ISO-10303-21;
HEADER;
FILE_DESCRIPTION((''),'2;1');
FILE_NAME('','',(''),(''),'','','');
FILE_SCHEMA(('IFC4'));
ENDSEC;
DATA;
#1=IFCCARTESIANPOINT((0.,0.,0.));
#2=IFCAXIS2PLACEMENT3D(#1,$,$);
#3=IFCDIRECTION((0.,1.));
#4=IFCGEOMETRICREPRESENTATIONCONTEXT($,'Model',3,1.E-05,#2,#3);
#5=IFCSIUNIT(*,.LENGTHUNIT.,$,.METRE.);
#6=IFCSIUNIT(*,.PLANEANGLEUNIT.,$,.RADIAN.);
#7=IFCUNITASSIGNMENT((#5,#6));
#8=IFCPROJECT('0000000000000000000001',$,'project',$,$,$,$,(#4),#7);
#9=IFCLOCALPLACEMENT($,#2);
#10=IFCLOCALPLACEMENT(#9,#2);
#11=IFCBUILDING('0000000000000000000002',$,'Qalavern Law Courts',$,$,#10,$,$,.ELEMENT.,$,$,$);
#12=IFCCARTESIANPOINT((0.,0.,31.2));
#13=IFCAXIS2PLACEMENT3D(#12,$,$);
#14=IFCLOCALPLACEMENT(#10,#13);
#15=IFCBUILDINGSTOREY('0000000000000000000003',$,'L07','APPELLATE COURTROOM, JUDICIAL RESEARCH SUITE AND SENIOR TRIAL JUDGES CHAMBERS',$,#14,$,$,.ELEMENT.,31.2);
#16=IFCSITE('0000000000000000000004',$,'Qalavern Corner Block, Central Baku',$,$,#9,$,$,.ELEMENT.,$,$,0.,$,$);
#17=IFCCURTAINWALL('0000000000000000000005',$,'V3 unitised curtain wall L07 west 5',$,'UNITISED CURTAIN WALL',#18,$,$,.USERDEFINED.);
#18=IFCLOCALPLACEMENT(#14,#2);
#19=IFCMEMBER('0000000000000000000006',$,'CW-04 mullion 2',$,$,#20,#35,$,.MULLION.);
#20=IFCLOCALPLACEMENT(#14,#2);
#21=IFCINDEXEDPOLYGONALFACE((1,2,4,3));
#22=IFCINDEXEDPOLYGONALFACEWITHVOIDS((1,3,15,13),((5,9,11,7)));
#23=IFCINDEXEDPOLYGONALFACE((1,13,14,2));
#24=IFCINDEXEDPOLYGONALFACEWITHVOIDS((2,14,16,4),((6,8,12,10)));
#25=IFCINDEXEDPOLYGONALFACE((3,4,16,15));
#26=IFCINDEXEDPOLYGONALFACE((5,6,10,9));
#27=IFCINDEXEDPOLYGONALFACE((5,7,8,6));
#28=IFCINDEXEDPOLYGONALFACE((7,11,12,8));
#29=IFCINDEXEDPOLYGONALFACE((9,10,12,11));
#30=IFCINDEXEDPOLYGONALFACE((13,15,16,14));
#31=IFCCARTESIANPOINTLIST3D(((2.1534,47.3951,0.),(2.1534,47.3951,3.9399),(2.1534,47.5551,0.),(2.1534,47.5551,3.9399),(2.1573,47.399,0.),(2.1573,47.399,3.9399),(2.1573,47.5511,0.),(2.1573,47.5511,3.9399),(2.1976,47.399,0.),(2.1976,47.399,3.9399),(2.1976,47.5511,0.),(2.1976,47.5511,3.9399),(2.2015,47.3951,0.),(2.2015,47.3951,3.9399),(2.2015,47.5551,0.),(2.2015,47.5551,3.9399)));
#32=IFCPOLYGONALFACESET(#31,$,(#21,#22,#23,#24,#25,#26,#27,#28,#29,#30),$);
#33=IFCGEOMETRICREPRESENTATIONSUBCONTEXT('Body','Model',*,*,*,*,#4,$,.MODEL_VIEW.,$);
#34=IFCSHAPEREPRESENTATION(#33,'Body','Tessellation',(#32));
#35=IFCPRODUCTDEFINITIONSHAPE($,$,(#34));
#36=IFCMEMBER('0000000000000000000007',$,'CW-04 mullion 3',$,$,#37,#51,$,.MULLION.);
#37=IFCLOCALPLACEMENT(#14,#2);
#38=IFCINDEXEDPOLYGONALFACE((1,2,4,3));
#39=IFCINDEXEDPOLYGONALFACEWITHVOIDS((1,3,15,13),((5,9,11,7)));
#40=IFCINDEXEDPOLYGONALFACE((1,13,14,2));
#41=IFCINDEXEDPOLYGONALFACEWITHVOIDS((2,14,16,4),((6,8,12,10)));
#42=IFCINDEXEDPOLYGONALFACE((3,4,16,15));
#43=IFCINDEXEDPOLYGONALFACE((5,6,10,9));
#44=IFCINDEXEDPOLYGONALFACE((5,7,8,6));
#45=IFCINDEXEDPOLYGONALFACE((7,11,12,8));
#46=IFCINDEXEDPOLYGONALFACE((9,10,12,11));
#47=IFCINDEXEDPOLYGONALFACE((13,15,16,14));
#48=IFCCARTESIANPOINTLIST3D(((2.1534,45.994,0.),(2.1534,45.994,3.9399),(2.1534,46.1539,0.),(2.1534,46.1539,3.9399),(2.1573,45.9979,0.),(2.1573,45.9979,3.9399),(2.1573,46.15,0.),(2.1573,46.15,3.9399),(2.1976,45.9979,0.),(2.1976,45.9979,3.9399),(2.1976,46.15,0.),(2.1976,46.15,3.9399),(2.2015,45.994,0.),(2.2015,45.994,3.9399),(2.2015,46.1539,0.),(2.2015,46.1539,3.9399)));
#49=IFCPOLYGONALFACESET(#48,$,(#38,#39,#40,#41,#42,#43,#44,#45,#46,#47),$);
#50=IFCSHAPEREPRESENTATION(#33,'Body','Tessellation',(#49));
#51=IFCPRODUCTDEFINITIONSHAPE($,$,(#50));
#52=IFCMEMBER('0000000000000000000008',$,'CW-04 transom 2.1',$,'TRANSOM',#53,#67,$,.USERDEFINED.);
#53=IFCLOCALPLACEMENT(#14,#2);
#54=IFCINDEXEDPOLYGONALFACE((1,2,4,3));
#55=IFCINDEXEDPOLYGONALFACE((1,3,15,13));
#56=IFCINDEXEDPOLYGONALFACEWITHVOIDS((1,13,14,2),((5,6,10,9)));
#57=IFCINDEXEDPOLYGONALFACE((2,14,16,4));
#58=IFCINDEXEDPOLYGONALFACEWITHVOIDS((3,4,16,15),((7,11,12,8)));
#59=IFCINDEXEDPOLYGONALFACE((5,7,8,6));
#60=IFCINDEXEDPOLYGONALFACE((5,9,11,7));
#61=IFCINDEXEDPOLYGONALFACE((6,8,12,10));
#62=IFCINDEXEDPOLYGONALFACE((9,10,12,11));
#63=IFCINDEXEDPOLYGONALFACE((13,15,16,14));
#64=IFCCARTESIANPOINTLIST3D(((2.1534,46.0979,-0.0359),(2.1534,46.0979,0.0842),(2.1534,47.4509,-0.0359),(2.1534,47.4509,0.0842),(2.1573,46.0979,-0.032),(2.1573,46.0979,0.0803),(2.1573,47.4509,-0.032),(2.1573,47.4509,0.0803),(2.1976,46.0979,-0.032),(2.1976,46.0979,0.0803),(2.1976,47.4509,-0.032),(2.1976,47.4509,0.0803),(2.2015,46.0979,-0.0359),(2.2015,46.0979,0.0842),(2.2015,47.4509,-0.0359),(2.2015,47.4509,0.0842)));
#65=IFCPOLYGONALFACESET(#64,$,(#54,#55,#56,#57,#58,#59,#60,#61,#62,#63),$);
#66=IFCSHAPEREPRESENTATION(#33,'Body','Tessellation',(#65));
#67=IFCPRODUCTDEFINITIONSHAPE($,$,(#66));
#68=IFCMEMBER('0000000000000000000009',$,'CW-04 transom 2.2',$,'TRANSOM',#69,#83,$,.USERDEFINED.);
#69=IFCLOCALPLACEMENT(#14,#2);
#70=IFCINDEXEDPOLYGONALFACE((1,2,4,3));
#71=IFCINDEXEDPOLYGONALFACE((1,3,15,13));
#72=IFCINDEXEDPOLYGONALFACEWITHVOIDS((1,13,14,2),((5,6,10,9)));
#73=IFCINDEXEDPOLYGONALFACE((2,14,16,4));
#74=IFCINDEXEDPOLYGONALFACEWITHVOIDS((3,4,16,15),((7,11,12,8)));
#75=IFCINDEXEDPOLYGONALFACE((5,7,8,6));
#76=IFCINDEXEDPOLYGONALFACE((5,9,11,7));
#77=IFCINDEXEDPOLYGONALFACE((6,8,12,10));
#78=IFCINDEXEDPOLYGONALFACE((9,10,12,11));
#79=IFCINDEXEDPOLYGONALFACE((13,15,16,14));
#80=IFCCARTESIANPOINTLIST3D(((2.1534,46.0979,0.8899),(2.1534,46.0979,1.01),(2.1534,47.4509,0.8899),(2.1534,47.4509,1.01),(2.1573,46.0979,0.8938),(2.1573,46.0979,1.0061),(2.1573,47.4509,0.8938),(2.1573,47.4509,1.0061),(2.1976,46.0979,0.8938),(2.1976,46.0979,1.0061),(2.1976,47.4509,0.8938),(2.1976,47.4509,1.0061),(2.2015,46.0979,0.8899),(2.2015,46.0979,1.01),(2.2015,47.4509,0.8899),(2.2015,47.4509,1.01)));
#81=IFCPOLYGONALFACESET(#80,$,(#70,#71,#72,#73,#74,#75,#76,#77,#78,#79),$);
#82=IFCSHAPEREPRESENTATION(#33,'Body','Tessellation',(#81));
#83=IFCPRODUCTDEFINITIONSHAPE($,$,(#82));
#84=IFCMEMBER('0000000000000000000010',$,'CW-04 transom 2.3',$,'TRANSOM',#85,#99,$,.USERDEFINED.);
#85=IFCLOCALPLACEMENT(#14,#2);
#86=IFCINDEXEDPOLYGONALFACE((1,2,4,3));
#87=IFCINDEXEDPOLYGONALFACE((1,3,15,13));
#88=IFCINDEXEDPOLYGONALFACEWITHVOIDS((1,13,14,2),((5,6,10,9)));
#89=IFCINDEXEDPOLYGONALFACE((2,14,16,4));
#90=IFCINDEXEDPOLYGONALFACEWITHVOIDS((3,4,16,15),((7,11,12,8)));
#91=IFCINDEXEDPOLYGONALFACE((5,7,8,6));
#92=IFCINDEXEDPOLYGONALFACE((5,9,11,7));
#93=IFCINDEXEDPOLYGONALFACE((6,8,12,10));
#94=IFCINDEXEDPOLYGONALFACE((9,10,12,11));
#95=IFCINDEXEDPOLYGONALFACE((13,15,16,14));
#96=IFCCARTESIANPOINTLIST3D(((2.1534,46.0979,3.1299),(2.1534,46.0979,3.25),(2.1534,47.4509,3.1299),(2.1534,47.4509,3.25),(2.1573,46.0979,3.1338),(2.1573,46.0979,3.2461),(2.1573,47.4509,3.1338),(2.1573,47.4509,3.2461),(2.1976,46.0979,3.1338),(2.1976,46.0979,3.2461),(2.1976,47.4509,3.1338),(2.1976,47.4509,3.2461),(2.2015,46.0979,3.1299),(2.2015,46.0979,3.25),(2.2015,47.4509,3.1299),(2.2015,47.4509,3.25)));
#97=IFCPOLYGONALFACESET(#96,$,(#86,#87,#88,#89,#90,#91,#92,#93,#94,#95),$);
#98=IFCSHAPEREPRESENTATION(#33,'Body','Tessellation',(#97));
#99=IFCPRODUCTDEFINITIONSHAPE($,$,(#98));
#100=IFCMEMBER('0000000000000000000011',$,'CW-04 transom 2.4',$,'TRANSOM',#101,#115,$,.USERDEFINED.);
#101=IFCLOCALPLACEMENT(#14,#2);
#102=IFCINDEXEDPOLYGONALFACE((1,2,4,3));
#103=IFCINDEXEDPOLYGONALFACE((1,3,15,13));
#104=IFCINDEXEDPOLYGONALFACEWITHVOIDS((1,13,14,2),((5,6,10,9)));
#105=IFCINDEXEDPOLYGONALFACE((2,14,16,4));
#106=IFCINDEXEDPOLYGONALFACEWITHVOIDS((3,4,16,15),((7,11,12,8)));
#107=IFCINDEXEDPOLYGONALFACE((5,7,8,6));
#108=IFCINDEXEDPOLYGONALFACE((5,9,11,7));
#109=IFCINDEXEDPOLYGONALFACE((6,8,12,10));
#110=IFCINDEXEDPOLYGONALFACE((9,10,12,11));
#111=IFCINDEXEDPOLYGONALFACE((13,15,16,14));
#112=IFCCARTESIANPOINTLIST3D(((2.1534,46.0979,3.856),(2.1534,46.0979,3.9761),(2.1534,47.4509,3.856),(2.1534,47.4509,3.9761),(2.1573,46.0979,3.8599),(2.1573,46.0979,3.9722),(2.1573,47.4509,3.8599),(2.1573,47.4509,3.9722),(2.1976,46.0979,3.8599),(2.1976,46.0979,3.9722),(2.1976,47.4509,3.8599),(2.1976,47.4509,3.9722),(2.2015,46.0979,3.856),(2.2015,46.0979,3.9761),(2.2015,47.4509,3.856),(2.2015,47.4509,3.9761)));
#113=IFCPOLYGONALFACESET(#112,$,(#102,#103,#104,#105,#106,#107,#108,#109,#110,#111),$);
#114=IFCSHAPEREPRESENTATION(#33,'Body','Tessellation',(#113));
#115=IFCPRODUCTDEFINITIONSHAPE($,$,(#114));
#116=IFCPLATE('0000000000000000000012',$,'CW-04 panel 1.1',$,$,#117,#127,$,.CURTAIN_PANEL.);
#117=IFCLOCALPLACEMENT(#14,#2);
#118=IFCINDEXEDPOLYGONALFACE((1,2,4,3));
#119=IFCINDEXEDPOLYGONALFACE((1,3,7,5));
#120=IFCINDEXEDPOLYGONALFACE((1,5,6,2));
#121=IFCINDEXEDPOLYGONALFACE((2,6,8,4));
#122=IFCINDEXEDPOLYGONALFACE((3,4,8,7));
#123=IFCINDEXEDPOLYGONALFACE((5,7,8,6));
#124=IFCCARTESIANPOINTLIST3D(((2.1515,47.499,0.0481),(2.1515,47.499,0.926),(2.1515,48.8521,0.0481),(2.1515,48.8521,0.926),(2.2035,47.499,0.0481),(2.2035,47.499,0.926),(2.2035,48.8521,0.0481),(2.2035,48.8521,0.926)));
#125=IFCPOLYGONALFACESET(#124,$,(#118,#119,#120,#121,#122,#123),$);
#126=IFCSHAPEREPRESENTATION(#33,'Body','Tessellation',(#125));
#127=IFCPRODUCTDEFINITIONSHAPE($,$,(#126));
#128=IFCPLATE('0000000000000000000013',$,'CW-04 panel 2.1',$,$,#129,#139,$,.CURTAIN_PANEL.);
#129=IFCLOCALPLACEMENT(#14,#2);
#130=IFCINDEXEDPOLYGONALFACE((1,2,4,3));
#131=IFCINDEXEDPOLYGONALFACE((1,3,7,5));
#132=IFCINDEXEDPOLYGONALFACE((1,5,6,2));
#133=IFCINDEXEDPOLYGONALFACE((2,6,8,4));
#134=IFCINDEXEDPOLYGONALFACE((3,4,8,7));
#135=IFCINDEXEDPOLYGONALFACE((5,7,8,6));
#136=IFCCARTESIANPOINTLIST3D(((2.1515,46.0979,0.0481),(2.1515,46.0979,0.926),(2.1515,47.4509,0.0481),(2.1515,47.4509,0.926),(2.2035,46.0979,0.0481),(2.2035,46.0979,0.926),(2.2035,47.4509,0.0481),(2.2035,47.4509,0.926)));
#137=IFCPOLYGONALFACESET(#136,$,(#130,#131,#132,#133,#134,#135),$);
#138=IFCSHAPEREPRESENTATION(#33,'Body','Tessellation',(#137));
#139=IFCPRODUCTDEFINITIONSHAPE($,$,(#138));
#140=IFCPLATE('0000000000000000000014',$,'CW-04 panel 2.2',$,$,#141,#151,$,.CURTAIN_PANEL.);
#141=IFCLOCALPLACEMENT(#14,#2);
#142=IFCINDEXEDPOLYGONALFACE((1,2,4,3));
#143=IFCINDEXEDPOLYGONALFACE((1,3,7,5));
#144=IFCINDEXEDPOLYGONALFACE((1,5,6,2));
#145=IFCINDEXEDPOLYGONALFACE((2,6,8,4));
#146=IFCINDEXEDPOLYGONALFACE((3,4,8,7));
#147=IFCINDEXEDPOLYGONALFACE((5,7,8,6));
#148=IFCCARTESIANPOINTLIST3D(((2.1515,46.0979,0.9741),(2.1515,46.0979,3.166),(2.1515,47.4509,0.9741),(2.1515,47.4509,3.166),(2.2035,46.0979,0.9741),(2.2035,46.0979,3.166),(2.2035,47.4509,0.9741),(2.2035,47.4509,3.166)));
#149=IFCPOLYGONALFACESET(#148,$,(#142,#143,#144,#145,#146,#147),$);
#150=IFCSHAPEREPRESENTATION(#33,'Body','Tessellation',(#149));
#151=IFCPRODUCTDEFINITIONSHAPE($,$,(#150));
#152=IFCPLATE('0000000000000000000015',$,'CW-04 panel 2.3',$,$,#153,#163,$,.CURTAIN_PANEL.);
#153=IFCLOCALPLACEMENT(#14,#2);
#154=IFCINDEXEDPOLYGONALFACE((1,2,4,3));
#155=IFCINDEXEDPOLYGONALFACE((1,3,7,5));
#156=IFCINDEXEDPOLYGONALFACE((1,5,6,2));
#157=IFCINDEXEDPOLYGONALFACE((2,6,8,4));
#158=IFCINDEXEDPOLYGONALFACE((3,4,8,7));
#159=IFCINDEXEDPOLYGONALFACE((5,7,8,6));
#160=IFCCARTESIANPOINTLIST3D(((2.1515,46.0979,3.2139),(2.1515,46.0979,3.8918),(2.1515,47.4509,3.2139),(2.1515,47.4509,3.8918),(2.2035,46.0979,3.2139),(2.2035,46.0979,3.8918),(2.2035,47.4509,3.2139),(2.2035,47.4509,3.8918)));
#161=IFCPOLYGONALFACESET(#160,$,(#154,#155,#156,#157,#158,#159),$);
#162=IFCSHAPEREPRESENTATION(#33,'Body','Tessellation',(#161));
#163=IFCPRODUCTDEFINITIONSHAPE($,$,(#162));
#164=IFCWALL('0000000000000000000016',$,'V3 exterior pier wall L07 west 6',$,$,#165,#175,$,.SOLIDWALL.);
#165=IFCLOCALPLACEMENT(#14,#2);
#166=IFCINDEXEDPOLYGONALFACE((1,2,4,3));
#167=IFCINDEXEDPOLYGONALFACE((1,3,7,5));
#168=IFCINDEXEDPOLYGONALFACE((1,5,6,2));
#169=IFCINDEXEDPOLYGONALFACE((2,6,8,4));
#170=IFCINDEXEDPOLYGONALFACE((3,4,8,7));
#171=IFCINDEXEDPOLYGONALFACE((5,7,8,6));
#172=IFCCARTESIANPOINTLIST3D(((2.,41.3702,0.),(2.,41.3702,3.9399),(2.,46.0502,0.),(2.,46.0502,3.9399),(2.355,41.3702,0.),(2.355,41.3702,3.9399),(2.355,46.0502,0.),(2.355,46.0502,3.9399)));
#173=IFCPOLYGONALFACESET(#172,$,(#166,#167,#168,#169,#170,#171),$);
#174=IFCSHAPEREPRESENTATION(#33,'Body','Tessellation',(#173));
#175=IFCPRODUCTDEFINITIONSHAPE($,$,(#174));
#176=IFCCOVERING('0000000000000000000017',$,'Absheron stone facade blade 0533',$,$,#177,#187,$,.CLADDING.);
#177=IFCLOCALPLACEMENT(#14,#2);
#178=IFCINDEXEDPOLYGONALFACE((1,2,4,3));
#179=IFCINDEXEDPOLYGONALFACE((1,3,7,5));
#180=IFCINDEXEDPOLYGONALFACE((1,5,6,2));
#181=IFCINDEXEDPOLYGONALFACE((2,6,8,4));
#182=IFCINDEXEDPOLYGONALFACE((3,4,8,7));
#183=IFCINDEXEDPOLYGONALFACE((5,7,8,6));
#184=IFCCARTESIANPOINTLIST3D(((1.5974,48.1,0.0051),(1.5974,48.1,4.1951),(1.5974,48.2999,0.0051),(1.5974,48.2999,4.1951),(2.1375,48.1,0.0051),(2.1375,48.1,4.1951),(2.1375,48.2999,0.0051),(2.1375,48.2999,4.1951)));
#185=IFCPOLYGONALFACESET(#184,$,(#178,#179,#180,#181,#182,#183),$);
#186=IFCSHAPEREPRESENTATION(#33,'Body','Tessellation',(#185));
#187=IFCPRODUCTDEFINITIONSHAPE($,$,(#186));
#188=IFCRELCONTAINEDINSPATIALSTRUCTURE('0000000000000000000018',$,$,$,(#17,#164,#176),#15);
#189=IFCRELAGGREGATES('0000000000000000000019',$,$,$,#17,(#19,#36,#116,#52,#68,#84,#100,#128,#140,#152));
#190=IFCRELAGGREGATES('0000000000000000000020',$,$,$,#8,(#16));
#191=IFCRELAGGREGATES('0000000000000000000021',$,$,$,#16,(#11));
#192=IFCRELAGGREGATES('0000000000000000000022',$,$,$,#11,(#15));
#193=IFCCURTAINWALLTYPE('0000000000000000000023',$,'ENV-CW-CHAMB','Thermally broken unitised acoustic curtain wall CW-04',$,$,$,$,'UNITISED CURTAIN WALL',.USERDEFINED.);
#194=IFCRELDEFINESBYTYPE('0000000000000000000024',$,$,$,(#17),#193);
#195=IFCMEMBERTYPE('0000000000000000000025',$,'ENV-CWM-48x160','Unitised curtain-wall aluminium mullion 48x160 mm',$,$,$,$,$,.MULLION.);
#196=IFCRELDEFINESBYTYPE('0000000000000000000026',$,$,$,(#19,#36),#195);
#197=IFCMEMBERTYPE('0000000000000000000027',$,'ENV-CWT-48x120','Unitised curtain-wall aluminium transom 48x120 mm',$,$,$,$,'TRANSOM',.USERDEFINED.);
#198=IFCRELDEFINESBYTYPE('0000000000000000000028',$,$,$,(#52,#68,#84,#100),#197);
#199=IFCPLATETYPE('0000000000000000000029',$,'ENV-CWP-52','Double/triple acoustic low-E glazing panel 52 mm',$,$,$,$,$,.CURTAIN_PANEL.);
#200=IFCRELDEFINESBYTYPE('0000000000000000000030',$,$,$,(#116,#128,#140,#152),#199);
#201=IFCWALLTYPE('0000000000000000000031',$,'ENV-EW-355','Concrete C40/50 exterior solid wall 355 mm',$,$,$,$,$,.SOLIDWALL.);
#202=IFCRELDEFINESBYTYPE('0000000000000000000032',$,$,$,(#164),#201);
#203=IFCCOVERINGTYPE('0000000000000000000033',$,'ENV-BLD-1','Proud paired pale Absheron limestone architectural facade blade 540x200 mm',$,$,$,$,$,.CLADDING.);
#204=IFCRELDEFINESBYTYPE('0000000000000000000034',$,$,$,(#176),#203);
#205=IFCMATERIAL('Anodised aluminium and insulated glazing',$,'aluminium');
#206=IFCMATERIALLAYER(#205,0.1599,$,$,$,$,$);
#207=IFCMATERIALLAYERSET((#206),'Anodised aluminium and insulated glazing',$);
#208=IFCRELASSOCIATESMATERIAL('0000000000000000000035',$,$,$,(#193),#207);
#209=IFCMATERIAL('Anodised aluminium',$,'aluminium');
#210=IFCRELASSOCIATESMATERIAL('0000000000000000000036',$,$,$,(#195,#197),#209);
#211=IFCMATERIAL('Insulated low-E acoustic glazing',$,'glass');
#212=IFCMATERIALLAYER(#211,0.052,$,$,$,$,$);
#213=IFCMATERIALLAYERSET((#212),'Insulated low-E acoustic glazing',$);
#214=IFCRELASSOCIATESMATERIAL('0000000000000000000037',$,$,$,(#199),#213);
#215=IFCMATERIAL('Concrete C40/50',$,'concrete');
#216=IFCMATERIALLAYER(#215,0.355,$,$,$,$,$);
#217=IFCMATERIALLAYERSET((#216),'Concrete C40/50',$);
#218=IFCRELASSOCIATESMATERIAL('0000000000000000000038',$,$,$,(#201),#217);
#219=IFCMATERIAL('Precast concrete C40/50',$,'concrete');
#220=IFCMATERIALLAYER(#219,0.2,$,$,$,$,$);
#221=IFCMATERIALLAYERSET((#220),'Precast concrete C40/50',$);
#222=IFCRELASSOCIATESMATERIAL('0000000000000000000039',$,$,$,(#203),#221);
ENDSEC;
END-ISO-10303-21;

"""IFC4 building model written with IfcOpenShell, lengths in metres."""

from ifc_helpers import new_model, si_unit, direction, frame, frame_2d, origin, origin_2d, place, context, subcontext, project, spatial, rectangle, hollow_rectangle, extrude, material, layer, layer_set, material_profile, profile_set, type_object, element, aggregate, save


model = new_model("IFC4")

# Units and contexts
model_context = context("Model", 3, precision=1e-05, world=origin(), true_north=direction((0.0, 1.0)))
body_context = subcontext(model_context, "Body", "Model", "MODEL_VIEW")
ifc_project = project(units=[si_unit("LENGTHUNIT", "METRE"), si_unit("PLANEANGLEUNIT", "RADIAN")], contexts=[model_context])

# Site, building, storey
site_placement = place(None, origin())
site = spatial("IfcSite", under=ifc_project, at=site_placement, Name="Qalavern Corner Block, Central Baku", CompositionType="ELEMENT", RefElevation=0.0)
building_placement = place(site_placement, origin())
building = spatial("IfcBuilding", under=site, at=building_placement, Name="Qalavern Law Courts", CompositionType="ELEMENT")
storey_placement = place(building_placement, frame((0.0, 0.0, 31.2)))
storey = spatial("IfcBuildingStorey", under=building, at=storey_placement, Name="L07", Description="APPELLATE COURTROOM, JUDICIAL RESEARCH SUITE AND SENIOR TRIAL JUDGES CHAMBERS", CompositionType="ELEMENT", Elevation=31.2)

# Curtain wall, members, plates
ifc_material_1 = material(Name="Anodised aluminium and insulated glazing", Category="aluminium")
ifc_layer_1 = layer(ifc_material_1, 0.1599)
ifc_layer_set_1 = layer_set([ifc_layer_1], Name="Anodised aluminium and insulated glazing")
curtain_wall_type = type_object("IfcCurtainWallType", Name="ENV-CW-CHAMB", Description="Thermally broken unitised acoustic curtain wall CW-04", ElementType="UNITISED CURTAIN WALL", PredefinedType="USERDEFINED", material=ifc_layer_set_1)
curtain_wall_placement = place(storey_placement, origin())
curtain_wall = element("IfcCurtainWall", 1, at=curtain_wall_placement, inside=storey, type_object=curtain_wall_type, Name="V3 unitised curtain wall L07 west 5", ObjectType="UNITISED CURTAIN WALL", PredefinedType="USERDEFINED")
ifc_material_2 = material(Name="Anodised aluminium", Category="aluminium")
ifc_material_profile_1 = material_profile(ifc_material_2, hollow_rectangle(XDim=0.0481, YDim=0.1599, WallThickness=0.0039, at=origin_2d()), Name="ALU MULLION 48x160")
ifc_profile_set_1 = profile_set([ifc_material_profile_1], Name="Anodised aluminium")
member_type_1 = type_object("IfcMemberType", Name="ENV-CWM-48x160", Description="Unitised curtain-wall aluminium mullion 48x160 mm", PredefinedType="MULLION", material=ifc_profile_set_1)
member_1_placement = place(storey_placement, frame((2.1775, 47.4751, 0.0), z_axis=(0.0, 0.0, 1.0), x_axis=(1.0, 0.0, 0.0)))
member_1 = element("IfcMember", 2, at=member_1_placement, type_object=member_type_1, Name="CW-04 mullion 2", PredefinedType="MULLION", context=body_context, shape_type="SweptSolid", body=[
    extrude(hollow_rectangle(XDim=0.0481, YDim=0.1599, WallThickness=0.0039, at=origin_2d()), origin(), (0.0, 0.0, 1.0), 3.9399),
])
member_2_placement = place(storey_placement, frame((2.1775, 46.074, 0.0), z_axis=(0.0, 0.0, 1.0), x_axis=(1.0, 0.0, 0.0)))
member_2 = element("IfcMember", 3, at=member_2_placement, type_object=member_type_1, Name="CW-04 mullion 3", PredefinedType="MULLION", context=body_context, shape_type="SweptSolid", body=[
    extrude(hollow_rectangle(XDim=0.0481, YDim=0.1599, WallThickness=0.0039, at=origin_2d()), origin(), (0.0, 0.0, 1.0), 3.9399),
])
ifc_material_profile_2 = material_profile(ifc_material_2, hollow_rectangle(XDim=0.0481, YDim=0.1201, WallThickness=0.0039, at=origin_2d()), Name="ALU TRANSOM 48x120")
ifc_profile_set_2 = profile_set([ifc_material_profile_2], Name="Anodised aluminium")
member_type_2 = type_object("IfcMemberType", Name="ENV-CWT-48x120", Description="Unitised curtain-wall aluminium transom 48x120 mm", ElementType="TRANSOM", PredefinedType="USERDEFINED", material=ifc_profile_set_2)
member_3_placement = place(storey_placement, frame((2.1775, 47.4509, 0.0242), z_axis=(0.0, -1.0, 0.0), x_axis=(1.0, 0.0, 0.0)))
member_3 = element("IfcMember", 4, at=member_3_placement, type_object=member_type_2, Name="CW-04 transom 2.1", ObjectType="TRANSOM", PredefinedType="USERDEFINED", context=body_context, shape_type="SweptSolid", body=[
    extrude(hollow_rectangle(XDim=0.0481, YDim=0.1201, WallThickness=0.0039, at=origin_2d()), origin(), (0.0, 0.0, 1.0), 1.353),
])
member_4_placement = place(storey_placement, frame((2.1775, 47.4509, 0.95), z_axis=(0.0, -1.0, 0.0), x_axis=(1.0, 0.0, 0.0)))
member_4 = element("IfcMember", 5, at=member_4_placement, type_object=member_type_2, Name="CW-04 transom 2.2", ObjectType="TRANSOM", PredefinedType="USERDEFINED", context=body_context, shape_type="SweptSolid", body=[
    extrude(hollow_rectangle(XDim=0.0481, YDim=0.1201, WallThickness=0.0039, at=origin_2d()), origin(), (0.0, 0.0, 1.0), 1.353),
])
member_5_placement = place(storey_placement, frame((2.1775, 47.4509, 3.1899), z_axis=(0.0, -1.0, 0.0), x_axis=(1.0, 0.0, 0.0)))
member_5 = element("IfcMember", 6, at=member_5_placement, type_object=member_type_2, Name="CW-04 transom 2.3", ObjectType="TRANSOM", PredefinedType="USERDEFINED", context=body_context, shape_type="SweptSolid", body=[
    extrude(hollow_rectangle(XDim=0.0481, YDim=0.1201, WallThickness=0.0039, at=origin_2d()), origin(), (0.0, 0.0, 1.0), 1.353),
])
member_6_placement = place(storey_placement, frame((2.1775, 47.4509, 3.916), z_axis=(0.0, -1.0, 0.0), x_axis=(1.0, 0.0, 0.0)))
member_6 = element("IfcMember", 7, at=member_6_placement, type_object=member_type_2, Name="CW-04 transom 2.4", ObjectType="TRANSOM", PredefinedType="USERDEFINED", context=body_context, shape_type="SweptSolid", body=[
    extrude(hollow_rectangle(XDim=0.0481, YDim=0.1201, WallThickness=0.0039, at=origin_2d()), origin(), (0.0, 0.0, 1.0), 1.353),
])
ifc_material_3 = material(Name="Insulated low-E acoustic glazing", Category="glass")
ifc_layer_2 = layer(ifc_material_3, 0.052)
ifc_layer_set_2 = layer_set([ifc_layer_2], Name="Insulated low-E acoustic glazing")
plate_type = type_object("IfcPlateType", Name="ENV-CWP-52", Description="Double/triple acoustic low-E glazing panel 52 mm", PredefinedType="CURTAIN_PANEL", material=ifc_layer_set_2)
plate_1_placement = place(storey_placement, frame((2.1775, 48.1755, 0.0481), z_axis=(0.0, 0.0, 1.0), x_axis=(0.0, -1.0, 0.0)))
plate_1 = element("IfcPlate", 8, at=plate_1_placement, type_object=plate_type, Name="CW-04 panel 1.1", PredefinedType="CURTAIN_PANEL", context=body_context, shape_type="SweptSolid", body=[
    extrude(rectangle(XDim=1.353, YDim=0.052, at=origin_2d()), origin(), (0.0, 0.0, 1.0), 0.8779),
])
plate_2_placement = place(storey_placement, frame((2.1775, 46.7744, 0.0481), z_axis=(0.0, 0.0, 1.0), x_axis=(0.0, -1.0, 0.0)))
plate_2 = element("IfcPlate", 9, at=plate_2_placement, type_object=plate_type, Name="CW-04 panel 2.1", PredefinedType="CURTAIN_PANEL", context=body_context, shape_type="SweptSolid", body=[
    extrude(rectangle(XDim=1.353, YDim=0.052, at=origin_2d()), origin(), (0.0, 0.0, 1.0), 0.8779),
])
plate_3_placement = place(storey_placement, frame((2.1775, 46.7744, 0.9741), z_axis=(0.0, 0.0, 1.0), x_axis=(0.0, -1.0, 0.0)))
plate_3 = element("IfcPlate", 10, at=plate_3_placement, type_object=plate_type, Name="CW-04 panel 2.2", PredefinedType="CURTAIN_PANEL", context=body_context, shape_type="SweptSolid", body=[
    extrude(rectangle(XDim=1.353, YDim=0.052, at=origin_2d()), origin(), (0.0, 0.0, 1.0), 2.1919),
])
plate_4_placement = place(storey_placement, frame((2.1775, 46.7744, 3.2139), z_axis=(0.0, 0.0, 1.0), x_axis=(0.0, -1.0, 0.0)))
plate_4 = element("IfcPlate", 11, at=plate_4_placement, type_object=plate_type, Name="CW-04 panel 2.3", PredefinedType="CURTAIN_PANEL", context=body_context, shape_type="SweptSolid", body=[
    extrude(rectangle(XDim=1.353, YDim=0.052, at=origin_2d()), origin(), (0.0, 0.0, 1.0), 0.678),
])
aggregate(curtain_wall, [member_1, member_2, plate_1, member_3, member_4, member_5, member_6, plate_2, plate_3, plate_4])

# Wall
ifc_material_4 = material(Name="Concrete C40/50", Category="concrete")
ifc_layer_3 = layer(ifc_material_4, 0.355)
ifc_layer_set_3 = layer_set([ifc_layer_3], Name="Concrete C40/50")
wall_type = type_object("IfcWallType", Name="ENV-EW-355", Description="Concrete C40/50 exterior solid wall 355 mm", PredefinedType="SOLIDWALL", material=ifc_layer_set_3)
wall_placement = place(storey_placement, frame((2.1775, 46.05, 0.0), z_axis=(0.0, 0.0, 1.0), x_axis=(0.0, -1.0, 0.0)))
element("IfcWall", 12, at=wall_placement, inside=storey, type_object=wall_type, Name="V3 exterior pier wall L07 west 6", PredefinedType="SOLIDWALL", context=body_context, shape_type="SweptSolid", body=[
    extrude(rectangle(XDim=4.6799, YDim=0.355, at=frame_2d((2.3398, 0.0))), origin(), (0.0, 0.0, 1.0), 3.9399),
])

# Covering
ifc_material_5 = material(Name="Precast concrete C40/50", Category="concrete")
ifc_layer_4 = layer(ifc_material_5, 0.2)
ifc_layer_set_4 = layer_set([ifc_layer_4], Name="Precast concrete C40/50")
covering_type_1 = type_object("IfcCoveringType", Name="ENV-BLD-1", Description="Proud paired pale Absheron limestone architectural facade blade 540x200 mm", PredefinedType="CLADDING", material=ifc_layer_set_4)
for number, where, z_axis, x_axis, name in (
    (13, (1.8674, 48.2, 0.0051), (0.0, 0.0, 1.0), (-1.0, 0.0, 0.0), "Absheron stone facade blade 0533"),
):
    element("IfcCovering", number, at=place(storey_placement, frame(where, z_axis=z_axis, x_axis=x_axis)), inside=storey, type_object=covering_type_1, Name=name, PredefinedType="CLADDING", context=body_context, shape_type="SweptSolid", body=[
        extrude(rectangle(XDim=0.54, YDim=0.2, at=origin_2d()), origin(), (0.0, 0.0, 1.0), 4.1899),
    ])

save(model, "model.ifc")
